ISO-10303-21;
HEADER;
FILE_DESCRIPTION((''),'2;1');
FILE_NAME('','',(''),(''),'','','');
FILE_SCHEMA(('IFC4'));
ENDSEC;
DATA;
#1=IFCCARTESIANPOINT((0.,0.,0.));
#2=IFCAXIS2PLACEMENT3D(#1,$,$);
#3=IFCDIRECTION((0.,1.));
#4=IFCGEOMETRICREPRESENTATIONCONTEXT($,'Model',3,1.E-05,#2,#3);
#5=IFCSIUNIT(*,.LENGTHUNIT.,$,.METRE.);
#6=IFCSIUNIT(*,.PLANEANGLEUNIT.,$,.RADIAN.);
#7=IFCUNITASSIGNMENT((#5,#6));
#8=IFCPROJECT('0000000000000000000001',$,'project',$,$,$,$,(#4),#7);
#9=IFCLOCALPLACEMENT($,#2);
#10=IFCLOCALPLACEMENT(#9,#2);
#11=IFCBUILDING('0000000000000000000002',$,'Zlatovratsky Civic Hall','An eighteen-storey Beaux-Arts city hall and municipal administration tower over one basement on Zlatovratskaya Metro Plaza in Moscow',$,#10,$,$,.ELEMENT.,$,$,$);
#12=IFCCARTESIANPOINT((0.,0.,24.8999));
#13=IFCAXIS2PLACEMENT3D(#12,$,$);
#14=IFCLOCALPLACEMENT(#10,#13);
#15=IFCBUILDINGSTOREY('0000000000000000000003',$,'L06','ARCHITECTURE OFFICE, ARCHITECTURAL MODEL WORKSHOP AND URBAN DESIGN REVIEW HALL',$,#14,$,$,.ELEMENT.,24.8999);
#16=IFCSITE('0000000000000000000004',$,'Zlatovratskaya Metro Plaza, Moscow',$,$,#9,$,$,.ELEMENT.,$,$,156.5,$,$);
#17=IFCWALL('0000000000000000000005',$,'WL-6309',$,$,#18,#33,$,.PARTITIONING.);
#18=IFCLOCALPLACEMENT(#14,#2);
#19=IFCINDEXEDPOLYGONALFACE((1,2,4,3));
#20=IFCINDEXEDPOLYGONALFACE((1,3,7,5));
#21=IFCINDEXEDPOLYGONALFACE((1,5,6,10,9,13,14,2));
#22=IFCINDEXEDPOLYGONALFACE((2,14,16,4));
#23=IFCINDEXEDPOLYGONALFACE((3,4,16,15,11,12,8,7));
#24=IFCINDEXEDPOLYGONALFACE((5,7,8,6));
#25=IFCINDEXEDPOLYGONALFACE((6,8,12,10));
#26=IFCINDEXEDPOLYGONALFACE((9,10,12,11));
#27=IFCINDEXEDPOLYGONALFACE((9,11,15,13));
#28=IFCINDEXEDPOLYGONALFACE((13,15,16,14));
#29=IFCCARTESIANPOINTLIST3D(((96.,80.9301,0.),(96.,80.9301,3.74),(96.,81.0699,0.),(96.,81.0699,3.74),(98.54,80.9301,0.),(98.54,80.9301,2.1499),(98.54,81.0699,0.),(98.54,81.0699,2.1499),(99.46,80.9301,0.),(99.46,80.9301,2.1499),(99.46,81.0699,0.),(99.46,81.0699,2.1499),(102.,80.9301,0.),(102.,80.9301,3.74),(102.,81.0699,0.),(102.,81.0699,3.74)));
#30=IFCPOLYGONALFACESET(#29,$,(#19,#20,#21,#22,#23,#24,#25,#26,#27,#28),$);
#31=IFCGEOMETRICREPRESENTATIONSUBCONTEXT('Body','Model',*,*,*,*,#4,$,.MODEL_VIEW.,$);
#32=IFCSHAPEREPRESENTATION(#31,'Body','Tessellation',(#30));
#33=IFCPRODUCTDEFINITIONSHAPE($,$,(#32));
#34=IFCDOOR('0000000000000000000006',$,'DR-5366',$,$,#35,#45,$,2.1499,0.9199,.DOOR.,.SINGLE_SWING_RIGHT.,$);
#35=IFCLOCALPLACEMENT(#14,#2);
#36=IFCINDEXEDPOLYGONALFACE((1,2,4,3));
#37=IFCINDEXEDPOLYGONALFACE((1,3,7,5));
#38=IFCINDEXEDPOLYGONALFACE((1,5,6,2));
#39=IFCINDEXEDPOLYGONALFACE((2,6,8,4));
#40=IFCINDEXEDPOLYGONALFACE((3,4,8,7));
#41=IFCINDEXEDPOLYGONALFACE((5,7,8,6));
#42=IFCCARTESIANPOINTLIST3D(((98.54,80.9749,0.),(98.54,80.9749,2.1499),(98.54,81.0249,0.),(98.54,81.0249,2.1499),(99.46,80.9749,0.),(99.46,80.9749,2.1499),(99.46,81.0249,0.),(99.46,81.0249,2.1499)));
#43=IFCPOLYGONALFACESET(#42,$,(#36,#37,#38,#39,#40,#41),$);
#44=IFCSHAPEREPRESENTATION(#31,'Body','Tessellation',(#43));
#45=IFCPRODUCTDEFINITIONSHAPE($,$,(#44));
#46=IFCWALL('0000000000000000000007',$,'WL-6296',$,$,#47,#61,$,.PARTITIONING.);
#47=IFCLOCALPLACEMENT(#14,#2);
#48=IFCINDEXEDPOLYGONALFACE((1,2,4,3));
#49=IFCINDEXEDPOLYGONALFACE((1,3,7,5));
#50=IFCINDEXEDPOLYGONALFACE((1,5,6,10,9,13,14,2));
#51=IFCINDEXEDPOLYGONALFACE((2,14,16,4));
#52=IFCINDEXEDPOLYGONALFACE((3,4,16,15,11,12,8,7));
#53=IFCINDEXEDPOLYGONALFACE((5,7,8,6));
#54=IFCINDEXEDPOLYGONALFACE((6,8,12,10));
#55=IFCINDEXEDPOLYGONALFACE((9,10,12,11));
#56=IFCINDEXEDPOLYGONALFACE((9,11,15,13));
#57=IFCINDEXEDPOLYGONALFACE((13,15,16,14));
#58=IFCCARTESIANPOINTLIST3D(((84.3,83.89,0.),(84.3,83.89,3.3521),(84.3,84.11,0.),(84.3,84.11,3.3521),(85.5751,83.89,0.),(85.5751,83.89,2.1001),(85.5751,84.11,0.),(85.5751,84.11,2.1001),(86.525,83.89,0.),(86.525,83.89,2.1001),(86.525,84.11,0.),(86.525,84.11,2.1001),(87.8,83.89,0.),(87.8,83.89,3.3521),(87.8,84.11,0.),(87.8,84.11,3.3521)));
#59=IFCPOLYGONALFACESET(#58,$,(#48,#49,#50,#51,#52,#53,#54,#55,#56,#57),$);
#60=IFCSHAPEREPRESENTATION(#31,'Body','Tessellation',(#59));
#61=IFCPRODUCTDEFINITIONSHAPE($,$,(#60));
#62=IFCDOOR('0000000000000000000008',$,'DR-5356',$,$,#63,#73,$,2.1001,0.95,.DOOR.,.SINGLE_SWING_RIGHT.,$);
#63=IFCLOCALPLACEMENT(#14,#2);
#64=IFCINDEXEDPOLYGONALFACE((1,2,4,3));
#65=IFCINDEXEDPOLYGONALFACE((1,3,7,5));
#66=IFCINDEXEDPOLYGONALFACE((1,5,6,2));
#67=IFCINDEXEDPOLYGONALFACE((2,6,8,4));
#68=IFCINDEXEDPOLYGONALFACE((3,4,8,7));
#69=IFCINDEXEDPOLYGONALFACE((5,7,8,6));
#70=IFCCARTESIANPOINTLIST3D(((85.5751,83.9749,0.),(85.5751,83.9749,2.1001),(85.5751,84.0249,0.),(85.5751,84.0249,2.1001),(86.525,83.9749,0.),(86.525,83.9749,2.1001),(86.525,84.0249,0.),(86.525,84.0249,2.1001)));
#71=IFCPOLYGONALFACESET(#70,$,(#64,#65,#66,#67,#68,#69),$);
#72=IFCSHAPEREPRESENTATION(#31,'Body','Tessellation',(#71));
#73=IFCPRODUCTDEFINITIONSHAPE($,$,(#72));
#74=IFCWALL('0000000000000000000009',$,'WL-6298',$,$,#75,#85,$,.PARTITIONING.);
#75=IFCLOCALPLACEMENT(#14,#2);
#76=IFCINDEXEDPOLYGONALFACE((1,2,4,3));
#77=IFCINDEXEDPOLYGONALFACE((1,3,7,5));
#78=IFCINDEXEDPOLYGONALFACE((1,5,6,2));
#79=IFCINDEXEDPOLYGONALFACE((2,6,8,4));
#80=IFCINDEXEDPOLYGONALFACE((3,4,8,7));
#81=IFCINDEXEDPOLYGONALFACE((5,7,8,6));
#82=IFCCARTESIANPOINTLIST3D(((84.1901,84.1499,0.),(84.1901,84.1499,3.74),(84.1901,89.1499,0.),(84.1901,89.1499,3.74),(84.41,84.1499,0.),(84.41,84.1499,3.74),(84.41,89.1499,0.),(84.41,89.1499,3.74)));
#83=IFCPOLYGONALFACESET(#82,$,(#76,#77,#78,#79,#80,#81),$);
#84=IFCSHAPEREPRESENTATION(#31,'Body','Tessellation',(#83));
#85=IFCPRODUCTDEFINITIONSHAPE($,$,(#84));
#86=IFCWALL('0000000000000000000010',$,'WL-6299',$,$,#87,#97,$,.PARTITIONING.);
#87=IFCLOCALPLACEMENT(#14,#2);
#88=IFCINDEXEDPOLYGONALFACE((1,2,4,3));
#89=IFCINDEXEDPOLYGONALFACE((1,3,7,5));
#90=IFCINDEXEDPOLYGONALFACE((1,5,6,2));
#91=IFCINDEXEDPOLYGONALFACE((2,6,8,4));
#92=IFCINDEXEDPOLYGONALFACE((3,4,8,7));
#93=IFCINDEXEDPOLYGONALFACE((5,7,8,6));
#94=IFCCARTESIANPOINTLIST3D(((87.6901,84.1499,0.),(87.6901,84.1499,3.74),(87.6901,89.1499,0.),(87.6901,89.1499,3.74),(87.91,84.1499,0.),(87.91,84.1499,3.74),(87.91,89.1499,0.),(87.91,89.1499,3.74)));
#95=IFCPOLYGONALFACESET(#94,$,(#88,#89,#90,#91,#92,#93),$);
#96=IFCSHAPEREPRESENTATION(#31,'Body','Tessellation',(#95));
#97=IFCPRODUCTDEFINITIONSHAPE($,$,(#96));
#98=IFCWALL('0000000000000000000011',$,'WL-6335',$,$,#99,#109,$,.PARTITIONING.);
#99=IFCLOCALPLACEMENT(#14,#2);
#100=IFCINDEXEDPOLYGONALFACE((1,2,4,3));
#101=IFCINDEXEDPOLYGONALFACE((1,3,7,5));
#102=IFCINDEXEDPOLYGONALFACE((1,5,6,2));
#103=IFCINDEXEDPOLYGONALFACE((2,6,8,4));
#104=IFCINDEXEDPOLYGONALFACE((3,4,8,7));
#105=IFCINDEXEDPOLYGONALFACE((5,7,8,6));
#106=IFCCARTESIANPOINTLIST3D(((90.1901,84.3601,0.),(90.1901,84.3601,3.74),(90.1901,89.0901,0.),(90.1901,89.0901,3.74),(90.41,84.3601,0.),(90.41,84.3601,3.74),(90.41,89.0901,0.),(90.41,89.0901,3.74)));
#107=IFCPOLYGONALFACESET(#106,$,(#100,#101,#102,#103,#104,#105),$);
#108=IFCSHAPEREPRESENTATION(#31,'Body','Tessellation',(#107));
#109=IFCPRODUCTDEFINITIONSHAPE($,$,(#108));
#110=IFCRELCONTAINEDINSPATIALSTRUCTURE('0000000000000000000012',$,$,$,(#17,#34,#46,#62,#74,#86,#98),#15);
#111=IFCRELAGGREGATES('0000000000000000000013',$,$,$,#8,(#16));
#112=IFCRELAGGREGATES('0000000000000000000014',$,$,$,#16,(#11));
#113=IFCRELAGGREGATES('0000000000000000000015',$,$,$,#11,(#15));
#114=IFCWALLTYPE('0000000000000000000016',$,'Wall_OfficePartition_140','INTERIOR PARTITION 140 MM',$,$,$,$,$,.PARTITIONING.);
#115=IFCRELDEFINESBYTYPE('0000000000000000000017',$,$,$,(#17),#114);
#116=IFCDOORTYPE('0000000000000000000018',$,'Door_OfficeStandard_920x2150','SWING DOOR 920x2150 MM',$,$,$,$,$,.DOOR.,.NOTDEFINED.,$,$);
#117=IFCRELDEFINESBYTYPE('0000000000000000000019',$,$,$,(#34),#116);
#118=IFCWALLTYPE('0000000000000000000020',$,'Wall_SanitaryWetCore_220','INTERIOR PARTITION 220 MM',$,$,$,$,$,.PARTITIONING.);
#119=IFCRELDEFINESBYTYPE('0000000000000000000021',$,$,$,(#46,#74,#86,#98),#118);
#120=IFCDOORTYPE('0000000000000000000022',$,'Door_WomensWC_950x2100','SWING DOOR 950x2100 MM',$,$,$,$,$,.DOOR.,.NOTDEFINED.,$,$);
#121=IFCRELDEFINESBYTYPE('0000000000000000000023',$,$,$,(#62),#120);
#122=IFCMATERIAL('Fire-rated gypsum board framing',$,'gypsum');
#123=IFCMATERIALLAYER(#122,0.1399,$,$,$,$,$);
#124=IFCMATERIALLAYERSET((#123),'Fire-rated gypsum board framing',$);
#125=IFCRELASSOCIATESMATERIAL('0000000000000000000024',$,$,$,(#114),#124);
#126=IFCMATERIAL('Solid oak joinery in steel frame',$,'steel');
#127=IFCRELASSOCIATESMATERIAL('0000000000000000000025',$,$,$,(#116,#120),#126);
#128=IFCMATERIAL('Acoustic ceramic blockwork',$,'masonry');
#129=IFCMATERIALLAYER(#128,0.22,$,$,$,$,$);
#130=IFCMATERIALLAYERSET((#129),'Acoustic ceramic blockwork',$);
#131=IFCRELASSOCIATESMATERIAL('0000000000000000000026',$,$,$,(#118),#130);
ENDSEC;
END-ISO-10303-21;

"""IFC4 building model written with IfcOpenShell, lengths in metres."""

from ifc_helpers import new_model, si_unit, direction, frame, frame_2d, origin, place, context, subcontext, project, spatial, rectangle, extrude, material, layer, layer_set, type_object, element, fill, save


model = new_model("IFC4")

# Units and contexts
model_context = context("Model", 3, precision=1e-05, world=origin(), true_north=direction((0.0, 1.0)))
body_context = subcontext(model_context, "Body", "Model", "MODEL_VIEW")
ifc_project = project(units=[si_unit("LENGTHUNIT", "METRE"), si_unit("PLANEANGLEUNIT", "RADIAN")], contexts=[model_context])

# Site, building, storey
site_placement = place(None, origin())
site = spatial("IfcSite", under=ifc_project, at=site_placement, Name="Zlatovratskaya Metro Plaza, Moscow", CompositionType="ELEMENT", RefElevation=156.5)
building_placement = place(site_placement, origin())
building = spatial("IfcBuilding", under=site, at=building_placement, Name="Zlatovratsky Civic Hall", Description="An eighteen-storey Beaux-Arts city hall and municipal administration tower over one basement on Zlatovratskaya Metro Plaza in Moscow", CompositionType="ELEMENT")
storey_placement = place(building_placement, frame((0.0, 0.0, 24.8999)))
storey = spatial("IfcBuildingStorey", under=building, at=storey_placement, Name="L06", Description="ARCHITECTURE OFFICE, ARCHITECTURAL MODEL WORKSHOP AND URBAN DESIGN REVIEW HALL", CompositionType="ELEMENT", Elevation=24.8999)

# Walls, openings, doors
ifc_material_1 = material(Name="Fire-rated gypsum board framing", Category="gypsum")
ifc_layer_1 = layer(ifc_material_1, 0.1399)
ifc_layer_set_1 = layer_set([ifc_layer_1], Name="Fire-rated gypsum board framing")
wall_type_1 = type_object("IfcWallType", Name="Wall_OfficePartition_140", Description="INTERIOR PARTITION 140 MM", PredefinedType="PARTITIONING", material=ifc_layer_set_1)
ifc_material_2 = material(Name="Solid oak joinery in steel frame", Category="steel")
door_type_1 = type_object("IfcDoorType", Name="Door_OfficeStandard_920x2150", Description="SWING DOOR 920x2150 MM", OperationType="NOTDEFINED", PredefinedType="DOOR", material=ifc_material_2)
wall_1_placement = place(storey_placement, frame((96.0, 81.0, 0.0), z_axis=(0.0, 0.0, 1.0), x_axis=(1.0, 0.0, 0.0)))
wall_1 = element("IfcWall", 1, at=wall_1_placement, inside=storey, type_object=wall_type_1, Name="WL-6309", PredefinedType="PARTITIONING", context=body_context, shape_type="SweptSolid", body=[
    extrude(rectangle(XDim=6.0, YDim=0.1399, at=frame_2d((3.0, 0.0))), origin(), (0.0, 0.0, 1.0), 3.74),
])
opening_1_placement = place(wall_1_placement, frame((2.54, 0.0, 0.0)))
opening_1 = element("IfcOpeningElement", 2, at=opening_1_placement, cuts=wall_1, PredefinedType="OPENING", context=body_context, shape_type="SweptSolid", body=[
    extrude(rectangle(XDim=0.9199, YDim=2.1499, at=frame_2d((0.46, 1.075))), frame((0.0, 0.085, 0.0), z_axis=(0.0, -1.0, 0.0), x_axis=(1.0, 0.0, 0.0)), (0.0, 0.0, 1.0), 0.1697),
])
door_1_placement = place(opening_1_placement, origin())
door_1 = element("IfcDoor", 3, at=door_1_placement, inside=storey, type_object=door_type_1, Name="DR-5366", OperationType="SINGLE_SWING_RIGHT", OverallHeight=2.1499, OverallWidth=0.9199, PredefinedType="DOOR", context=body_context, shape_type="SweptSolid", body=[
    extrude(rectangle(XDim=0.9199, YDim=2.1499, at=frame_2d((0.46, 1.075))), frame((0.0, 0.0249, 0.0), z_axis=(0.0, -1.0, 0.0), x_axis=(1.0, 0.0, 0.0)), (0.0, 0.0, 1.0), 0.05),
])
fill(opening_1, door_1)
ifc_material_3 = material(Name="Acoustic ceramic blockwork", Category="masonry")
ifc_layer_2 = layer(ifc_material_3, 0.22)
ifc_layer_set_2 = layer_set([ifc_layer_2], Name="Acoustic ceramic blockwork")
wall_type_2 = type_object("IfcWallType", Name="Wall_SanitaryWetCore_220", Description="INTERIOR PARTITION 220 MM", PredefinedType="PARTITIONING", material=ifc_layer_set_2)
wall_2_placement = place(storey_placement, frame((84.3, 84.0, 0.0), z_axis=(0.0, 0.0, 1.0), x_axis=(1.0, 0.0, 0.0)))
wall_2 = element("IfcWall", 4, at=wall_2_placement, inside=storey, type_object=wall_type_2, Name="WL-6296", PredefinedType="PARTITIONING", context=body_context, shape_type="SweptSolid", body=[
    extrude(rectangle(XDim=3.5, YDim=0.22, at=frame_2d((1.75, 0.0))), origin(), (0.0, 0.0, 1.0), 3.3521),
])
opening_2_placement = place(wall_2_placement, frame((1.2749, 0.0, 0.0)))
opening_2 = element("IfcOpeningElement", 5, at=opening_2_placement, cuts=wall_2, PredefinedType="OPENING", context=body_context, shape_type="SweptSolid", body=[
    extrude(rectangle(XDim=0.95, YDim=2.1001, at=frame_2d((0.4751, 1.05))), frame((0.0, 0.125, 0.0), z_axis=(0.0, -1.0, 0.0), x_axis=(1.0, 0.0, 0.0)), (0.0, 0.0, 1.0), 0.2498),
])
door_type_2 = type_object("IfcDoorType", Name="Door_WomensWC_950x2100", Description="SWING DOOR 950x2100 MM", OperationType="NOTDEFINED", PredefinedType="DOOR", material=ifc_material_2)
door_2_placement = place(opening_2_placement, origin())
door_2 = element("IfcDoor", 6, at=door_2_placement, inside=storey, type_object=door_type_2, Name="DR-5356", OperationType="SINGLE_SWING_RIGHT", OverallHeight=2.1001, OverallWidth=0.95, PredefinedType="DOOR", context=body_context, shape_type="SweptSolid", body=[
    extrude(rectangle(XDim=0.95, YDim=2.1001, at=frame_2d((0.4751, 1.05))), frame((0.0, 0.0249, 0.0), z_axis=(0.0, -1.0, 0.0), x_axis=(1.0, 0.0, 0.0)), (0.0, 0.0, 1.0), 0.05),
])
fill(opening_2, door_2)

# Walls
for number, where, z_axis, x_axis, name in (
    (7, (84.3, 84.1499, 0.0), (0.0, 0.0, 1.0), (0.0, 1.0, 0.0), "WL-6298"),
    (8, (87.8, 84.1499, 0.0), (0.0, 0.0, 1.0), (0.0, 1.0, 0.0), "WL-6299"),
):
    element("IfcWall", number, at=place(storey_placement, frame(where, z_axis=z_axis, x_axis=x_axis)), inside=storey, type_object=wall_type_2, Name=name, PredefinedType="PARTITIONING", context=body_context, shape_type="SweptSolid", body=[
        extrude(rectangle(XDim=5.0, YDim=0.22, at=frame_2d((2.5, 0.0))), origin(), (0.0, 0.0, 1.0), 3.74),
    ])

# Wall
wall_3_placement = place(storey_placement, frame((90.3, 84.3601, 0.0), z_axis=(0.0, 0.0, 1.0), x_axis=(0.0, 1.0, 0.0)))
element("IfcWall", 9, at=wall_3_placement, inside=storey, type_object=wall_type_2, Name="WL-6335", PredefinedType="PARTITIONING", context=body_context, shape_type="SweptSolid", body=[
    extrude(rectangle(XDim=4.73, YDim=0.22, at=frame_2d((2.365, 0.0))), origin(), (0.0, 0.0, 1.0), 3.74),
])

save(model, "model.ifc")
